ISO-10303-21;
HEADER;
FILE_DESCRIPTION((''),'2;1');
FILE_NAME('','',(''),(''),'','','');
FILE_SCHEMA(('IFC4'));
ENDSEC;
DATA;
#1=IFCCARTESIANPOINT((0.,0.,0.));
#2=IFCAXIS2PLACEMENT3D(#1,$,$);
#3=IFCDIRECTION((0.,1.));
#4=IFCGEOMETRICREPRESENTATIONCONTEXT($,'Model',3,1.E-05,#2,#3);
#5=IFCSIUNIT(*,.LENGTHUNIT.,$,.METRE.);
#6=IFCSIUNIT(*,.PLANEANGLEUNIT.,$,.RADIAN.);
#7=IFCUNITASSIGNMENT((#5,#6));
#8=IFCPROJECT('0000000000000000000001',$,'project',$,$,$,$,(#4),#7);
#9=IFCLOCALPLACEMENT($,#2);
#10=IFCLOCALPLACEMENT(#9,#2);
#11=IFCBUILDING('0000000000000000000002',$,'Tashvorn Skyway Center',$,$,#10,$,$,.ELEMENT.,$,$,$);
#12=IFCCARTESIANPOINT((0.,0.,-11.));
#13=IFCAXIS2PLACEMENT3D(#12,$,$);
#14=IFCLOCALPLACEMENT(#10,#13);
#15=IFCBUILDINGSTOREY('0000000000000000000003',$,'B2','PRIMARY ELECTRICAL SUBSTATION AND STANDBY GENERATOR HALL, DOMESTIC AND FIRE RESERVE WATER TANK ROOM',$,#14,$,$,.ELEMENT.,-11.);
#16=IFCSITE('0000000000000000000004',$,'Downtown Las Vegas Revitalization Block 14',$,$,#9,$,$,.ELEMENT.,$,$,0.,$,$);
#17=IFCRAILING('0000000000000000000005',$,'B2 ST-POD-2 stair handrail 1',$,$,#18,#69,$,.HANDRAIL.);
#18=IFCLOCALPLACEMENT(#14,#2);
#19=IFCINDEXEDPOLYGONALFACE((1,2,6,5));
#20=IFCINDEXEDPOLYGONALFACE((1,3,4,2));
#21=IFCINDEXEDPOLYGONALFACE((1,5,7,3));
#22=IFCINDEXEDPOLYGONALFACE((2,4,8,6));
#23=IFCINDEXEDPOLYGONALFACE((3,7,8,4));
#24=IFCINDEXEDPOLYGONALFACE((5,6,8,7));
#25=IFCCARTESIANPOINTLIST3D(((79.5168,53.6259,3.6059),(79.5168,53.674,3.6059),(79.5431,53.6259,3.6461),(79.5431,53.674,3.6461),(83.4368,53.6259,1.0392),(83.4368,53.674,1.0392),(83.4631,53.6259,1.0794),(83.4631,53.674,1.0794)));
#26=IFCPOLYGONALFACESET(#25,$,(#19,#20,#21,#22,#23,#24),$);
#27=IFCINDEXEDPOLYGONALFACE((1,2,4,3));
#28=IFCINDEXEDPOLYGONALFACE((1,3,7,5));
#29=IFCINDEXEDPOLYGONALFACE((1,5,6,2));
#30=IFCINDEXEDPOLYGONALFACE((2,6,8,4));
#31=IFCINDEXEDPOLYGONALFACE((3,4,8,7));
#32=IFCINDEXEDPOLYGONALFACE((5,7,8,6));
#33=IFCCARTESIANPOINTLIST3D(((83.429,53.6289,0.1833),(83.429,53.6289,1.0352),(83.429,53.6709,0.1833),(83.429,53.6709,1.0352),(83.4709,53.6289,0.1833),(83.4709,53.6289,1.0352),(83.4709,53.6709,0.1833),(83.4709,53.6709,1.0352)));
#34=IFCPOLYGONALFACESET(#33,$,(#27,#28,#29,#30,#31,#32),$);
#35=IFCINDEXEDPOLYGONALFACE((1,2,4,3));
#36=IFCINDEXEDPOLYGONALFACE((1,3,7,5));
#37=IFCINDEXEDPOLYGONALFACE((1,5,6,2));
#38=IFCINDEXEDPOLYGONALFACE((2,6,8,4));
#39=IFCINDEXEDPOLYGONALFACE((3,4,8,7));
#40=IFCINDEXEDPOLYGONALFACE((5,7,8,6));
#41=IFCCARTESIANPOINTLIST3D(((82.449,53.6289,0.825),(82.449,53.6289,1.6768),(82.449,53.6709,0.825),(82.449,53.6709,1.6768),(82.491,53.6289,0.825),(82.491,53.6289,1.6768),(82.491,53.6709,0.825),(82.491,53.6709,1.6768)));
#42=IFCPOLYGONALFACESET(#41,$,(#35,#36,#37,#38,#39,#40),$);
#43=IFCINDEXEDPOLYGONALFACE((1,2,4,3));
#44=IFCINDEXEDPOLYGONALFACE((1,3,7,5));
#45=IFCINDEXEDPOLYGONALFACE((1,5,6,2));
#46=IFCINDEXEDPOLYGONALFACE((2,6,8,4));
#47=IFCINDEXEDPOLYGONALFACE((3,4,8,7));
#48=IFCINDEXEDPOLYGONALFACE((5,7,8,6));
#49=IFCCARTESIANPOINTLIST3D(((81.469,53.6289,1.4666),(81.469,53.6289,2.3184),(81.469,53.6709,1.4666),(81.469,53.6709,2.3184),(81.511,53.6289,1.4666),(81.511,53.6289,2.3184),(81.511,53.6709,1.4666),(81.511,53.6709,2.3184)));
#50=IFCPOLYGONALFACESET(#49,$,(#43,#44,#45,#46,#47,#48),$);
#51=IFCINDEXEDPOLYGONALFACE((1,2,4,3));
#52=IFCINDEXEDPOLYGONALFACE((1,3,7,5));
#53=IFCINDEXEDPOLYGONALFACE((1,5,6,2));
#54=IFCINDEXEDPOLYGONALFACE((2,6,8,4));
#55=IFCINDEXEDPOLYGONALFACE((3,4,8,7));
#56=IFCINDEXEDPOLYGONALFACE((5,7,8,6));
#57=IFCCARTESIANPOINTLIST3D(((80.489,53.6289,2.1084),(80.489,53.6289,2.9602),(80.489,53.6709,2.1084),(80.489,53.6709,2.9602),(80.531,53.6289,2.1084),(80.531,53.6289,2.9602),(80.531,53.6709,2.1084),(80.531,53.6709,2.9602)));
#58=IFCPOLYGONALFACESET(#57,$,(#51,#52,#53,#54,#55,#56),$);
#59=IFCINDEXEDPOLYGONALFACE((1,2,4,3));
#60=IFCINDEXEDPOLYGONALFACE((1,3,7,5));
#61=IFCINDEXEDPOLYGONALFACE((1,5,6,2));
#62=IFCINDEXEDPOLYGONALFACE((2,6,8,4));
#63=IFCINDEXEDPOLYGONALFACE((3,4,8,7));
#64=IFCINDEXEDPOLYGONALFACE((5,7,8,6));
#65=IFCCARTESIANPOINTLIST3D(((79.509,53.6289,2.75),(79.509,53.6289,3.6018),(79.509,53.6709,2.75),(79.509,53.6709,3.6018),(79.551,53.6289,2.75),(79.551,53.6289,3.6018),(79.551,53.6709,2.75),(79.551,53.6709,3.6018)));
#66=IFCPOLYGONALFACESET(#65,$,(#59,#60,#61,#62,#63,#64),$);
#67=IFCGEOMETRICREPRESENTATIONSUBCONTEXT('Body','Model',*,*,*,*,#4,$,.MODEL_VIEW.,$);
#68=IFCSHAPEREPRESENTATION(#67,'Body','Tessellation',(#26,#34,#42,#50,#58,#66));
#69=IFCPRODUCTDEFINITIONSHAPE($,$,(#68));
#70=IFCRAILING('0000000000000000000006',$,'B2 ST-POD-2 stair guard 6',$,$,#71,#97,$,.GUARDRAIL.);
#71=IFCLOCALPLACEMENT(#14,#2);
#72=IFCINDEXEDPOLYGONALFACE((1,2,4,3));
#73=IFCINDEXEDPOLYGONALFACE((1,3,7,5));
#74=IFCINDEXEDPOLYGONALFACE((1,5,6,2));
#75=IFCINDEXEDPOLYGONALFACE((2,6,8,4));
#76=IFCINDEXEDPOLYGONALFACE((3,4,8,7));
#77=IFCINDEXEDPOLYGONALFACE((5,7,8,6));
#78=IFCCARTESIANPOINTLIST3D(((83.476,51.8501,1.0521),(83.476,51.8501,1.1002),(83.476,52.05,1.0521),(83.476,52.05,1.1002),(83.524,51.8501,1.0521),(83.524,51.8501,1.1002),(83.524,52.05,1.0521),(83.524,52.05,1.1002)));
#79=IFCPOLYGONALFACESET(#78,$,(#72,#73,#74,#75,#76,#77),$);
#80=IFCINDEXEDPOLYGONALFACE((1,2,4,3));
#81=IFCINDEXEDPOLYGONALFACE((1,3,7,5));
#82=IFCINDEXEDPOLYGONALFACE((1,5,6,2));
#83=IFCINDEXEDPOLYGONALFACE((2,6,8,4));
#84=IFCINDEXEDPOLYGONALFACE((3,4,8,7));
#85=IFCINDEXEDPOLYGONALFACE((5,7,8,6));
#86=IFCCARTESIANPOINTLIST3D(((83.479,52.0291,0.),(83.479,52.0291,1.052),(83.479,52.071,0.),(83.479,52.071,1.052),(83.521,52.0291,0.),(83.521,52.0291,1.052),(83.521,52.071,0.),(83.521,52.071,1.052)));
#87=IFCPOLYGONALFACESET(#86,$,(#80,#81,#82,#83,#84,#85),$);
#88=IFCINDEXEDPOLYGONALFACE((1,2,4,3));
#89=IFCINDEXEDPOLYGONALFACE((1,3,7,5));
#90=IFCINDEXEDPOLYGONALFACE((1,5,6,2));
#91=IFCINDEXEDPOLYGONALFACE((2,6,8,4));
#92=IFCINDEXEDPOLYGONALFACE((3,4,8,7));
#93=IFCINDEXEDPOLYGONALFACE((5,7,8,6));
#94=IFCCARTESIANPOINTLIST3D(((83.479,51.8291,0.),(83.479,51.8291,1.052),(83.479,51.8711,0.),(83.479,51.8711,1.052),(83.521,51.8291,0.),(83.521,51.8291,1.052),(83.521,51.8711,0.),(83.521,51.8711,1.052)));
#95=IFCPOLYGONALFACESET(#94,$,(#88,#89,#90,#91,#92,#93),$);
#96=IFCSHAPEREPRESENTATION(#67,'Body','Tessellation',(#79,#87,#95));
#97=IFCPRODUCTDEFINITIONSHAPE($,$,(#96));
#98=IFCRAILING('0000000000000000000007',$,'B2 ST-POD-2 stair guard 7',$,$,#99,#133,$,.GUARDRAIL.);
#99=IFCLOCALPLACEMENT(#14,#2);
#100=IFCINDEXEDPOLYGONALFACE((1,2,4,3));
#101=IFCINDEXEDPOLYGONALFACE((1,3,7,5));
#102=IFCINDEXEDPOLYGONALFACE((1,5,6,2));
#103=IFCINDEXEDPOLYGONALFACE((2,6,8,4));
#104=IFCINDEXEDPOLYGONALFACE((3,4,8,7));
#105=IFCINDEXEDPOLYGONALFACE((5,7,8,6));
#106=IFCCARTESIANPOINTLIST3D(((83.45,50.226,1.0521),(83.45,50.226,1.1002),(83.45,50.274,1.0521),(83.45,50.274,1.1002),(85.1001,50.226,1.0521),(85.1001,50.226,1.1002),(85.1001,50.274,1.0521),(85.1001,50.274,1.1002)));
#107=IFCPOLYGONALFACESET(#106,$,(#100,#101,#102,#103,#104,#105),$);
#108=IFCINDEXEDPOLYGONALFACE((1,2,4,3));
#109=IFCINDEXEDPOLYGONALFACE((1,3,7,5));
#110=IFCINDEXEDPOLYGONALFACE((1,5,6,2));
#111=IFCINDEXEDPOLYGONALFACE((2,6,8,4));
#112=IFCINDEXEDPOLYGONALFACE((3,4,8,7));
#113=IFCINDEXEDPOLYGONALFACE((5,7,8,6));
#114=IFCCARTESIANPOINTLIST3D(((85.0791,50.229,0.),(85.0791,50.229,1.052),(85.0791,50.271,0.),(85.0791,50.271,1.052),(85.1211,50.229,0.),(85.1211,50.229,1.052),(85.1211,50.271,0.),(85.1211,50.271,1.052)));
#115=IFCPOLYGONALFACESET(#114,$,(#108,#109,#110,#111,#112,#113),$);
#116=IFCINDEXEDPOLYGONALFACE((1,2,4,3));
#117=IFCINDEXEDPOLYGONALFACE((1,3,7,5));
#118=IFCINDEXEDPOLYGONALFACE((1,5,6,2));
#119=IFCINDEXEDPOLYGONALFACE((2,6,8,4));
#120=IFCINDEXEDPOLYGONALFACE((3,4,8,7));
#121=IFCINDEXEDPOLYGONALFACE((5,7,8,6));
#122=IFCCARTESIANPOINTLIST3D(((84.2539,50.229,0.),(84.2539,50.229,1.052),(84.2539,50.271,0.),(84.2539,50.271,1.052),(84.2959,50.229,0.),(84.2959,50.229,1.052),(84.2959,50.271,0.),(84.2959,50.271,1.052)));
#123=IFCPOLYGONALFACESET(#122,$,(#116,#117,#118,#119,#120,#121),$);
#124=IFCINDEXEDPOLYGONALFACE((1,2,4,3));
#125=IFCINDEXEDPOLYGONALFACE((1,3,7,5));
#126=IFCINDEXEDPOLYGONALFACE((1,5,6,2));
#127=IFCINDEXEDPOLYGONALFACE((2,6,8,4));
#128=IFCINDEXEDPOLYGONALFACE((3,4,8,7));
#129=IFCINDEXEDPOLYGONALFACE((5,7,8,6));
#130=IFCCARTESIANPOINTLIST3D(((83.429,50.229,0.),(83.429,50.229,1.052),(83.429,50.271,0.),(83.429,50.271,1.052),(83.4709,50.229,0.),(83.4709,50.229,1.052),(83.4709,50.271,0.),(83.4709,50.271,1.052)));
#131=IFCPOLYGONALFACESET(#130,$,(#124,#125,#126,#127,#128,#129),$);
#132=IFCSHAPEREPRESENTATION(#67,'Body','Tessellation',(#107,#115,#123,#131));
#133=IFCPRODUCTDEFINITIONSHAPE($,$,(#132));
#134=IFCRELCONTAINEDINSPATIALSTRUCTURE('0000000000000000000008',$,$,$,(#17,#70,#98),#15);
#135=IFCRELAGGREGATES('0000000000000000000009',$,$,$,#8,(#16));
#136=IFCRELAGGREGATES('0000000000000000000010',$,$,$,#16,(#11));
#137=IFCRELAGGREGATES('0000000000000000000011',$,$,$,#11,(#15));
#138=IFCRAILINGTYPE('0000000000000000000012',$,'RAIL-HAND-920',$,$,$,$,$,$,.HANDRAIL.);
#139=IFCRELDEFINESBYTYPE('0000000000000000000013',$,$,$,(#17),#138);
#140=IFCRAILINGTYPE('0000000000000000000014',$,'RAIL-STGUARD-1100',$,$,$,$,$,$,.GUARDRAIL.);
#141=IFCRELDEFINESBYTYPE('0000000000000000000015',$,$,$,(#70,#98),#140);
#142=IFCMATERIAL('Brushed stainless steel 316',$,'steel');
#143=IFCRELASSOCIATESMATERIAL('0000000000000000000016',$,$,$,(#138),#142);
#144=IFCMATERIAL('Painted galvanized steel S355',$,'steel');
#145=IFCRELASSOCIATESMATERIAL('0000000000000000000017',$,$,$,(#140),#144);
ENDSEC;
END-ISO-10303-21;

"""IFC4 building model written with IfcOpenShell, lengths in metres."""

from ifc_helpers import new_model, si_unit, direction, frame, origin, origin_2d, place, context, subcontext, project, spatial, rectangle, extrude, material, type_object, element, save


model = new_model("IFC4")

# Units and contexts
model_context = context("Model", 3, precision=1e-05, world=origin(), true_north=direction((0.0, 1.0)))
body_context = subcontext(model_context, "Body", "Model", "MODEL_VIEW")
ifc_project = project(units=[si_unit("LENGTHUNIT", "METRE"), si_unit("PLANEANGLEUNIT", "RADIAN")], contexts=[model_context])

# Site, building, storey
site_placement = place(None, origin())
site = spatial("IfcSite", under=ifc_project, at=site_placement, Name="Downtown Las Vegas Revitalization Block 14", CompositionType="ELEMENT", RefElevation=0.0)
building_placement = place(site_placement, origin())
building = spatial("IfcBuilding", under=site, at=building_placement, Name="Tashvorn Skyway Center", CompositionType="ELEMENT")
storey_placement = place(building_placement, frame((0.0, 0.0, -11.0)))
storey = spatial("IfcBuildingStorey", under=building, at=storey_placement, Name="B2", Description="PRIMARY ELECTRICAL SUBSTATION AND STANDBY GENERATOR HALL, DOMESTIC AND FIRE RESERVE WATER TANK ROOM", CompositionType="ELEMENT", Elevation=-11.0)

# Railings
ifc_material_1 = material(Name="Brushed stainless steel 316", Category="steel")
railing_type_1 = type_object("IfcRailingType", Name="RAIL-HAND-920", PredefinedType="HANDRAIL", material=ifc_material_1)
railing_1_placement = place(storey_placement, frame((83.45, 53.6499, 0.1833)))
element("IfcRailing", 1, at=railing_1_placement, inside=storey, type_object=railing_type_1, Name="B2 ST-POD-2 stair handrail 1", PredefinedType="HANDRAIL", context=body_context, shape_type="SweptSolid", body=[
    extrude(rectangle(XDim=0.0481, YDim=0.0481, at=origin_2d()), frame((0.0, 0.0, 0.876), z_axis=(-0.836615, 0.0, 0.547791), x_axis=(0.0, -1.0, 0.0)), (0.0, 0.0, 1.0), 4.6855),
    extrude(rectangle(XDim=0.042, YDim=0.042, at=origin_2d()), origin(), (0.0, 0.0, 1.0), 0.8518),
    extrude(rectangle(XDim=0.042, YDim=0.042, at=origin_2d()), frame((-0.98, 0.0, 0.6416)), (0.0, 0.0, 1.0), 0.8518),
    extrude(rectangle(XDim=0.042, YDim=0.042, at=origin_2d()), frame((-1.96, 0.0, 1.2832)), (0.0, 0.0, 1.0), 0.8518),
    extrude(rectangle(XDim=0.042, YDim=0.042, at=origin_2d()), frame((-2.9399, 0.0, 1.925)), (0.0, 0.0, 1.0), 0.8518),
    extrude(rectangle(XDim=0.042, YDim=0.042, at=origin_2d()), frame((-3.9199, 0.0, 2.5667)), (0.0, 0.0, 1.0), 0.8518),
])
ifc_material_2 = material(Name="Painted galvanized steel S355", Category="steel")
railing_type_2 = type_object("IfcRailingType", Name="RAIL-STGUARD-1100", PredefinedType="GUARDRAIL", material=ifc_material_2)
railing_2_placement = place(storey_placement, frame((83.5, 52.05, 0.0)))
element("IfcRailing", 2, at=railing_2_placement, inside=storey, type_object=railing_type_2, Name="B2 ST-POD-2 stair guard 6", PredefinedType="GUARDRAIL", context=body_context, shape_type="SweptSolid", body=[
    extrude(rectangle(XDim=0.0481, YDim=0.0481, at=origin_2d()), frame((0.0, 0.0, 1.0762), z_axis=(0.0, -1.0, 0.0), x_axis=(1.0, 0.0, 0.0)), (0.0, 0.0, 1.0), 0.2),
    extrude(rectangle(XDim=0.042, YDim=0.042, at=origin_2d()), origin(), (0.0, 0.0, 1.0), 1.052),
    extrude(rectangle(XDim=0.042, YDim=0.042, at=origin_2d()), frame((0.0, -0.2, 0.0)), (0.0, 0.0, 1.0), 1.052),
])
railing_3_placement = place(storey_placement, frame((85.1001, 50.25, 0.0)))
element("IfcRailing", 3, at=railing_3_placement, inside=storey, type_object=railing_type_2, Name="B2 ST-POD-2 stair guard 7", PredefinedType="GUARDRAIL", context=body_context, shape_type="SweptSolid", body=[
    extrude(rectangle(XDim=0.0481, YDim=0.0481, at=origin_2d()), frame((0.0, 0.0, 1.0762), z_axis=(-1.0, 0.0, 0.0), x_axis=(0.0, -1.0, 0.0)), (0.0, 0.0, 1.0), 1.6501),
    extrude(rectangle(XDim=0.042, YDim=0.042, at=origin_2d()), origin(), (0.0, 0.0, 1.0), 1.052),
    extrude(rectangle(XDim=0.042, YDim=0.042, at=origin_2d()), frame((-0.8252, 0.0, 0.0)), (0.0, 0.0, 1.0), 1.052),
    extrude(rectangle(XDim=0.042, YDim=0.042, at=origin_2d()), frame((-1.6501, 0.0, 0.0)), (0.0, 0.0, 1.0), 1.052),
])

save(model, "model.ifc")
